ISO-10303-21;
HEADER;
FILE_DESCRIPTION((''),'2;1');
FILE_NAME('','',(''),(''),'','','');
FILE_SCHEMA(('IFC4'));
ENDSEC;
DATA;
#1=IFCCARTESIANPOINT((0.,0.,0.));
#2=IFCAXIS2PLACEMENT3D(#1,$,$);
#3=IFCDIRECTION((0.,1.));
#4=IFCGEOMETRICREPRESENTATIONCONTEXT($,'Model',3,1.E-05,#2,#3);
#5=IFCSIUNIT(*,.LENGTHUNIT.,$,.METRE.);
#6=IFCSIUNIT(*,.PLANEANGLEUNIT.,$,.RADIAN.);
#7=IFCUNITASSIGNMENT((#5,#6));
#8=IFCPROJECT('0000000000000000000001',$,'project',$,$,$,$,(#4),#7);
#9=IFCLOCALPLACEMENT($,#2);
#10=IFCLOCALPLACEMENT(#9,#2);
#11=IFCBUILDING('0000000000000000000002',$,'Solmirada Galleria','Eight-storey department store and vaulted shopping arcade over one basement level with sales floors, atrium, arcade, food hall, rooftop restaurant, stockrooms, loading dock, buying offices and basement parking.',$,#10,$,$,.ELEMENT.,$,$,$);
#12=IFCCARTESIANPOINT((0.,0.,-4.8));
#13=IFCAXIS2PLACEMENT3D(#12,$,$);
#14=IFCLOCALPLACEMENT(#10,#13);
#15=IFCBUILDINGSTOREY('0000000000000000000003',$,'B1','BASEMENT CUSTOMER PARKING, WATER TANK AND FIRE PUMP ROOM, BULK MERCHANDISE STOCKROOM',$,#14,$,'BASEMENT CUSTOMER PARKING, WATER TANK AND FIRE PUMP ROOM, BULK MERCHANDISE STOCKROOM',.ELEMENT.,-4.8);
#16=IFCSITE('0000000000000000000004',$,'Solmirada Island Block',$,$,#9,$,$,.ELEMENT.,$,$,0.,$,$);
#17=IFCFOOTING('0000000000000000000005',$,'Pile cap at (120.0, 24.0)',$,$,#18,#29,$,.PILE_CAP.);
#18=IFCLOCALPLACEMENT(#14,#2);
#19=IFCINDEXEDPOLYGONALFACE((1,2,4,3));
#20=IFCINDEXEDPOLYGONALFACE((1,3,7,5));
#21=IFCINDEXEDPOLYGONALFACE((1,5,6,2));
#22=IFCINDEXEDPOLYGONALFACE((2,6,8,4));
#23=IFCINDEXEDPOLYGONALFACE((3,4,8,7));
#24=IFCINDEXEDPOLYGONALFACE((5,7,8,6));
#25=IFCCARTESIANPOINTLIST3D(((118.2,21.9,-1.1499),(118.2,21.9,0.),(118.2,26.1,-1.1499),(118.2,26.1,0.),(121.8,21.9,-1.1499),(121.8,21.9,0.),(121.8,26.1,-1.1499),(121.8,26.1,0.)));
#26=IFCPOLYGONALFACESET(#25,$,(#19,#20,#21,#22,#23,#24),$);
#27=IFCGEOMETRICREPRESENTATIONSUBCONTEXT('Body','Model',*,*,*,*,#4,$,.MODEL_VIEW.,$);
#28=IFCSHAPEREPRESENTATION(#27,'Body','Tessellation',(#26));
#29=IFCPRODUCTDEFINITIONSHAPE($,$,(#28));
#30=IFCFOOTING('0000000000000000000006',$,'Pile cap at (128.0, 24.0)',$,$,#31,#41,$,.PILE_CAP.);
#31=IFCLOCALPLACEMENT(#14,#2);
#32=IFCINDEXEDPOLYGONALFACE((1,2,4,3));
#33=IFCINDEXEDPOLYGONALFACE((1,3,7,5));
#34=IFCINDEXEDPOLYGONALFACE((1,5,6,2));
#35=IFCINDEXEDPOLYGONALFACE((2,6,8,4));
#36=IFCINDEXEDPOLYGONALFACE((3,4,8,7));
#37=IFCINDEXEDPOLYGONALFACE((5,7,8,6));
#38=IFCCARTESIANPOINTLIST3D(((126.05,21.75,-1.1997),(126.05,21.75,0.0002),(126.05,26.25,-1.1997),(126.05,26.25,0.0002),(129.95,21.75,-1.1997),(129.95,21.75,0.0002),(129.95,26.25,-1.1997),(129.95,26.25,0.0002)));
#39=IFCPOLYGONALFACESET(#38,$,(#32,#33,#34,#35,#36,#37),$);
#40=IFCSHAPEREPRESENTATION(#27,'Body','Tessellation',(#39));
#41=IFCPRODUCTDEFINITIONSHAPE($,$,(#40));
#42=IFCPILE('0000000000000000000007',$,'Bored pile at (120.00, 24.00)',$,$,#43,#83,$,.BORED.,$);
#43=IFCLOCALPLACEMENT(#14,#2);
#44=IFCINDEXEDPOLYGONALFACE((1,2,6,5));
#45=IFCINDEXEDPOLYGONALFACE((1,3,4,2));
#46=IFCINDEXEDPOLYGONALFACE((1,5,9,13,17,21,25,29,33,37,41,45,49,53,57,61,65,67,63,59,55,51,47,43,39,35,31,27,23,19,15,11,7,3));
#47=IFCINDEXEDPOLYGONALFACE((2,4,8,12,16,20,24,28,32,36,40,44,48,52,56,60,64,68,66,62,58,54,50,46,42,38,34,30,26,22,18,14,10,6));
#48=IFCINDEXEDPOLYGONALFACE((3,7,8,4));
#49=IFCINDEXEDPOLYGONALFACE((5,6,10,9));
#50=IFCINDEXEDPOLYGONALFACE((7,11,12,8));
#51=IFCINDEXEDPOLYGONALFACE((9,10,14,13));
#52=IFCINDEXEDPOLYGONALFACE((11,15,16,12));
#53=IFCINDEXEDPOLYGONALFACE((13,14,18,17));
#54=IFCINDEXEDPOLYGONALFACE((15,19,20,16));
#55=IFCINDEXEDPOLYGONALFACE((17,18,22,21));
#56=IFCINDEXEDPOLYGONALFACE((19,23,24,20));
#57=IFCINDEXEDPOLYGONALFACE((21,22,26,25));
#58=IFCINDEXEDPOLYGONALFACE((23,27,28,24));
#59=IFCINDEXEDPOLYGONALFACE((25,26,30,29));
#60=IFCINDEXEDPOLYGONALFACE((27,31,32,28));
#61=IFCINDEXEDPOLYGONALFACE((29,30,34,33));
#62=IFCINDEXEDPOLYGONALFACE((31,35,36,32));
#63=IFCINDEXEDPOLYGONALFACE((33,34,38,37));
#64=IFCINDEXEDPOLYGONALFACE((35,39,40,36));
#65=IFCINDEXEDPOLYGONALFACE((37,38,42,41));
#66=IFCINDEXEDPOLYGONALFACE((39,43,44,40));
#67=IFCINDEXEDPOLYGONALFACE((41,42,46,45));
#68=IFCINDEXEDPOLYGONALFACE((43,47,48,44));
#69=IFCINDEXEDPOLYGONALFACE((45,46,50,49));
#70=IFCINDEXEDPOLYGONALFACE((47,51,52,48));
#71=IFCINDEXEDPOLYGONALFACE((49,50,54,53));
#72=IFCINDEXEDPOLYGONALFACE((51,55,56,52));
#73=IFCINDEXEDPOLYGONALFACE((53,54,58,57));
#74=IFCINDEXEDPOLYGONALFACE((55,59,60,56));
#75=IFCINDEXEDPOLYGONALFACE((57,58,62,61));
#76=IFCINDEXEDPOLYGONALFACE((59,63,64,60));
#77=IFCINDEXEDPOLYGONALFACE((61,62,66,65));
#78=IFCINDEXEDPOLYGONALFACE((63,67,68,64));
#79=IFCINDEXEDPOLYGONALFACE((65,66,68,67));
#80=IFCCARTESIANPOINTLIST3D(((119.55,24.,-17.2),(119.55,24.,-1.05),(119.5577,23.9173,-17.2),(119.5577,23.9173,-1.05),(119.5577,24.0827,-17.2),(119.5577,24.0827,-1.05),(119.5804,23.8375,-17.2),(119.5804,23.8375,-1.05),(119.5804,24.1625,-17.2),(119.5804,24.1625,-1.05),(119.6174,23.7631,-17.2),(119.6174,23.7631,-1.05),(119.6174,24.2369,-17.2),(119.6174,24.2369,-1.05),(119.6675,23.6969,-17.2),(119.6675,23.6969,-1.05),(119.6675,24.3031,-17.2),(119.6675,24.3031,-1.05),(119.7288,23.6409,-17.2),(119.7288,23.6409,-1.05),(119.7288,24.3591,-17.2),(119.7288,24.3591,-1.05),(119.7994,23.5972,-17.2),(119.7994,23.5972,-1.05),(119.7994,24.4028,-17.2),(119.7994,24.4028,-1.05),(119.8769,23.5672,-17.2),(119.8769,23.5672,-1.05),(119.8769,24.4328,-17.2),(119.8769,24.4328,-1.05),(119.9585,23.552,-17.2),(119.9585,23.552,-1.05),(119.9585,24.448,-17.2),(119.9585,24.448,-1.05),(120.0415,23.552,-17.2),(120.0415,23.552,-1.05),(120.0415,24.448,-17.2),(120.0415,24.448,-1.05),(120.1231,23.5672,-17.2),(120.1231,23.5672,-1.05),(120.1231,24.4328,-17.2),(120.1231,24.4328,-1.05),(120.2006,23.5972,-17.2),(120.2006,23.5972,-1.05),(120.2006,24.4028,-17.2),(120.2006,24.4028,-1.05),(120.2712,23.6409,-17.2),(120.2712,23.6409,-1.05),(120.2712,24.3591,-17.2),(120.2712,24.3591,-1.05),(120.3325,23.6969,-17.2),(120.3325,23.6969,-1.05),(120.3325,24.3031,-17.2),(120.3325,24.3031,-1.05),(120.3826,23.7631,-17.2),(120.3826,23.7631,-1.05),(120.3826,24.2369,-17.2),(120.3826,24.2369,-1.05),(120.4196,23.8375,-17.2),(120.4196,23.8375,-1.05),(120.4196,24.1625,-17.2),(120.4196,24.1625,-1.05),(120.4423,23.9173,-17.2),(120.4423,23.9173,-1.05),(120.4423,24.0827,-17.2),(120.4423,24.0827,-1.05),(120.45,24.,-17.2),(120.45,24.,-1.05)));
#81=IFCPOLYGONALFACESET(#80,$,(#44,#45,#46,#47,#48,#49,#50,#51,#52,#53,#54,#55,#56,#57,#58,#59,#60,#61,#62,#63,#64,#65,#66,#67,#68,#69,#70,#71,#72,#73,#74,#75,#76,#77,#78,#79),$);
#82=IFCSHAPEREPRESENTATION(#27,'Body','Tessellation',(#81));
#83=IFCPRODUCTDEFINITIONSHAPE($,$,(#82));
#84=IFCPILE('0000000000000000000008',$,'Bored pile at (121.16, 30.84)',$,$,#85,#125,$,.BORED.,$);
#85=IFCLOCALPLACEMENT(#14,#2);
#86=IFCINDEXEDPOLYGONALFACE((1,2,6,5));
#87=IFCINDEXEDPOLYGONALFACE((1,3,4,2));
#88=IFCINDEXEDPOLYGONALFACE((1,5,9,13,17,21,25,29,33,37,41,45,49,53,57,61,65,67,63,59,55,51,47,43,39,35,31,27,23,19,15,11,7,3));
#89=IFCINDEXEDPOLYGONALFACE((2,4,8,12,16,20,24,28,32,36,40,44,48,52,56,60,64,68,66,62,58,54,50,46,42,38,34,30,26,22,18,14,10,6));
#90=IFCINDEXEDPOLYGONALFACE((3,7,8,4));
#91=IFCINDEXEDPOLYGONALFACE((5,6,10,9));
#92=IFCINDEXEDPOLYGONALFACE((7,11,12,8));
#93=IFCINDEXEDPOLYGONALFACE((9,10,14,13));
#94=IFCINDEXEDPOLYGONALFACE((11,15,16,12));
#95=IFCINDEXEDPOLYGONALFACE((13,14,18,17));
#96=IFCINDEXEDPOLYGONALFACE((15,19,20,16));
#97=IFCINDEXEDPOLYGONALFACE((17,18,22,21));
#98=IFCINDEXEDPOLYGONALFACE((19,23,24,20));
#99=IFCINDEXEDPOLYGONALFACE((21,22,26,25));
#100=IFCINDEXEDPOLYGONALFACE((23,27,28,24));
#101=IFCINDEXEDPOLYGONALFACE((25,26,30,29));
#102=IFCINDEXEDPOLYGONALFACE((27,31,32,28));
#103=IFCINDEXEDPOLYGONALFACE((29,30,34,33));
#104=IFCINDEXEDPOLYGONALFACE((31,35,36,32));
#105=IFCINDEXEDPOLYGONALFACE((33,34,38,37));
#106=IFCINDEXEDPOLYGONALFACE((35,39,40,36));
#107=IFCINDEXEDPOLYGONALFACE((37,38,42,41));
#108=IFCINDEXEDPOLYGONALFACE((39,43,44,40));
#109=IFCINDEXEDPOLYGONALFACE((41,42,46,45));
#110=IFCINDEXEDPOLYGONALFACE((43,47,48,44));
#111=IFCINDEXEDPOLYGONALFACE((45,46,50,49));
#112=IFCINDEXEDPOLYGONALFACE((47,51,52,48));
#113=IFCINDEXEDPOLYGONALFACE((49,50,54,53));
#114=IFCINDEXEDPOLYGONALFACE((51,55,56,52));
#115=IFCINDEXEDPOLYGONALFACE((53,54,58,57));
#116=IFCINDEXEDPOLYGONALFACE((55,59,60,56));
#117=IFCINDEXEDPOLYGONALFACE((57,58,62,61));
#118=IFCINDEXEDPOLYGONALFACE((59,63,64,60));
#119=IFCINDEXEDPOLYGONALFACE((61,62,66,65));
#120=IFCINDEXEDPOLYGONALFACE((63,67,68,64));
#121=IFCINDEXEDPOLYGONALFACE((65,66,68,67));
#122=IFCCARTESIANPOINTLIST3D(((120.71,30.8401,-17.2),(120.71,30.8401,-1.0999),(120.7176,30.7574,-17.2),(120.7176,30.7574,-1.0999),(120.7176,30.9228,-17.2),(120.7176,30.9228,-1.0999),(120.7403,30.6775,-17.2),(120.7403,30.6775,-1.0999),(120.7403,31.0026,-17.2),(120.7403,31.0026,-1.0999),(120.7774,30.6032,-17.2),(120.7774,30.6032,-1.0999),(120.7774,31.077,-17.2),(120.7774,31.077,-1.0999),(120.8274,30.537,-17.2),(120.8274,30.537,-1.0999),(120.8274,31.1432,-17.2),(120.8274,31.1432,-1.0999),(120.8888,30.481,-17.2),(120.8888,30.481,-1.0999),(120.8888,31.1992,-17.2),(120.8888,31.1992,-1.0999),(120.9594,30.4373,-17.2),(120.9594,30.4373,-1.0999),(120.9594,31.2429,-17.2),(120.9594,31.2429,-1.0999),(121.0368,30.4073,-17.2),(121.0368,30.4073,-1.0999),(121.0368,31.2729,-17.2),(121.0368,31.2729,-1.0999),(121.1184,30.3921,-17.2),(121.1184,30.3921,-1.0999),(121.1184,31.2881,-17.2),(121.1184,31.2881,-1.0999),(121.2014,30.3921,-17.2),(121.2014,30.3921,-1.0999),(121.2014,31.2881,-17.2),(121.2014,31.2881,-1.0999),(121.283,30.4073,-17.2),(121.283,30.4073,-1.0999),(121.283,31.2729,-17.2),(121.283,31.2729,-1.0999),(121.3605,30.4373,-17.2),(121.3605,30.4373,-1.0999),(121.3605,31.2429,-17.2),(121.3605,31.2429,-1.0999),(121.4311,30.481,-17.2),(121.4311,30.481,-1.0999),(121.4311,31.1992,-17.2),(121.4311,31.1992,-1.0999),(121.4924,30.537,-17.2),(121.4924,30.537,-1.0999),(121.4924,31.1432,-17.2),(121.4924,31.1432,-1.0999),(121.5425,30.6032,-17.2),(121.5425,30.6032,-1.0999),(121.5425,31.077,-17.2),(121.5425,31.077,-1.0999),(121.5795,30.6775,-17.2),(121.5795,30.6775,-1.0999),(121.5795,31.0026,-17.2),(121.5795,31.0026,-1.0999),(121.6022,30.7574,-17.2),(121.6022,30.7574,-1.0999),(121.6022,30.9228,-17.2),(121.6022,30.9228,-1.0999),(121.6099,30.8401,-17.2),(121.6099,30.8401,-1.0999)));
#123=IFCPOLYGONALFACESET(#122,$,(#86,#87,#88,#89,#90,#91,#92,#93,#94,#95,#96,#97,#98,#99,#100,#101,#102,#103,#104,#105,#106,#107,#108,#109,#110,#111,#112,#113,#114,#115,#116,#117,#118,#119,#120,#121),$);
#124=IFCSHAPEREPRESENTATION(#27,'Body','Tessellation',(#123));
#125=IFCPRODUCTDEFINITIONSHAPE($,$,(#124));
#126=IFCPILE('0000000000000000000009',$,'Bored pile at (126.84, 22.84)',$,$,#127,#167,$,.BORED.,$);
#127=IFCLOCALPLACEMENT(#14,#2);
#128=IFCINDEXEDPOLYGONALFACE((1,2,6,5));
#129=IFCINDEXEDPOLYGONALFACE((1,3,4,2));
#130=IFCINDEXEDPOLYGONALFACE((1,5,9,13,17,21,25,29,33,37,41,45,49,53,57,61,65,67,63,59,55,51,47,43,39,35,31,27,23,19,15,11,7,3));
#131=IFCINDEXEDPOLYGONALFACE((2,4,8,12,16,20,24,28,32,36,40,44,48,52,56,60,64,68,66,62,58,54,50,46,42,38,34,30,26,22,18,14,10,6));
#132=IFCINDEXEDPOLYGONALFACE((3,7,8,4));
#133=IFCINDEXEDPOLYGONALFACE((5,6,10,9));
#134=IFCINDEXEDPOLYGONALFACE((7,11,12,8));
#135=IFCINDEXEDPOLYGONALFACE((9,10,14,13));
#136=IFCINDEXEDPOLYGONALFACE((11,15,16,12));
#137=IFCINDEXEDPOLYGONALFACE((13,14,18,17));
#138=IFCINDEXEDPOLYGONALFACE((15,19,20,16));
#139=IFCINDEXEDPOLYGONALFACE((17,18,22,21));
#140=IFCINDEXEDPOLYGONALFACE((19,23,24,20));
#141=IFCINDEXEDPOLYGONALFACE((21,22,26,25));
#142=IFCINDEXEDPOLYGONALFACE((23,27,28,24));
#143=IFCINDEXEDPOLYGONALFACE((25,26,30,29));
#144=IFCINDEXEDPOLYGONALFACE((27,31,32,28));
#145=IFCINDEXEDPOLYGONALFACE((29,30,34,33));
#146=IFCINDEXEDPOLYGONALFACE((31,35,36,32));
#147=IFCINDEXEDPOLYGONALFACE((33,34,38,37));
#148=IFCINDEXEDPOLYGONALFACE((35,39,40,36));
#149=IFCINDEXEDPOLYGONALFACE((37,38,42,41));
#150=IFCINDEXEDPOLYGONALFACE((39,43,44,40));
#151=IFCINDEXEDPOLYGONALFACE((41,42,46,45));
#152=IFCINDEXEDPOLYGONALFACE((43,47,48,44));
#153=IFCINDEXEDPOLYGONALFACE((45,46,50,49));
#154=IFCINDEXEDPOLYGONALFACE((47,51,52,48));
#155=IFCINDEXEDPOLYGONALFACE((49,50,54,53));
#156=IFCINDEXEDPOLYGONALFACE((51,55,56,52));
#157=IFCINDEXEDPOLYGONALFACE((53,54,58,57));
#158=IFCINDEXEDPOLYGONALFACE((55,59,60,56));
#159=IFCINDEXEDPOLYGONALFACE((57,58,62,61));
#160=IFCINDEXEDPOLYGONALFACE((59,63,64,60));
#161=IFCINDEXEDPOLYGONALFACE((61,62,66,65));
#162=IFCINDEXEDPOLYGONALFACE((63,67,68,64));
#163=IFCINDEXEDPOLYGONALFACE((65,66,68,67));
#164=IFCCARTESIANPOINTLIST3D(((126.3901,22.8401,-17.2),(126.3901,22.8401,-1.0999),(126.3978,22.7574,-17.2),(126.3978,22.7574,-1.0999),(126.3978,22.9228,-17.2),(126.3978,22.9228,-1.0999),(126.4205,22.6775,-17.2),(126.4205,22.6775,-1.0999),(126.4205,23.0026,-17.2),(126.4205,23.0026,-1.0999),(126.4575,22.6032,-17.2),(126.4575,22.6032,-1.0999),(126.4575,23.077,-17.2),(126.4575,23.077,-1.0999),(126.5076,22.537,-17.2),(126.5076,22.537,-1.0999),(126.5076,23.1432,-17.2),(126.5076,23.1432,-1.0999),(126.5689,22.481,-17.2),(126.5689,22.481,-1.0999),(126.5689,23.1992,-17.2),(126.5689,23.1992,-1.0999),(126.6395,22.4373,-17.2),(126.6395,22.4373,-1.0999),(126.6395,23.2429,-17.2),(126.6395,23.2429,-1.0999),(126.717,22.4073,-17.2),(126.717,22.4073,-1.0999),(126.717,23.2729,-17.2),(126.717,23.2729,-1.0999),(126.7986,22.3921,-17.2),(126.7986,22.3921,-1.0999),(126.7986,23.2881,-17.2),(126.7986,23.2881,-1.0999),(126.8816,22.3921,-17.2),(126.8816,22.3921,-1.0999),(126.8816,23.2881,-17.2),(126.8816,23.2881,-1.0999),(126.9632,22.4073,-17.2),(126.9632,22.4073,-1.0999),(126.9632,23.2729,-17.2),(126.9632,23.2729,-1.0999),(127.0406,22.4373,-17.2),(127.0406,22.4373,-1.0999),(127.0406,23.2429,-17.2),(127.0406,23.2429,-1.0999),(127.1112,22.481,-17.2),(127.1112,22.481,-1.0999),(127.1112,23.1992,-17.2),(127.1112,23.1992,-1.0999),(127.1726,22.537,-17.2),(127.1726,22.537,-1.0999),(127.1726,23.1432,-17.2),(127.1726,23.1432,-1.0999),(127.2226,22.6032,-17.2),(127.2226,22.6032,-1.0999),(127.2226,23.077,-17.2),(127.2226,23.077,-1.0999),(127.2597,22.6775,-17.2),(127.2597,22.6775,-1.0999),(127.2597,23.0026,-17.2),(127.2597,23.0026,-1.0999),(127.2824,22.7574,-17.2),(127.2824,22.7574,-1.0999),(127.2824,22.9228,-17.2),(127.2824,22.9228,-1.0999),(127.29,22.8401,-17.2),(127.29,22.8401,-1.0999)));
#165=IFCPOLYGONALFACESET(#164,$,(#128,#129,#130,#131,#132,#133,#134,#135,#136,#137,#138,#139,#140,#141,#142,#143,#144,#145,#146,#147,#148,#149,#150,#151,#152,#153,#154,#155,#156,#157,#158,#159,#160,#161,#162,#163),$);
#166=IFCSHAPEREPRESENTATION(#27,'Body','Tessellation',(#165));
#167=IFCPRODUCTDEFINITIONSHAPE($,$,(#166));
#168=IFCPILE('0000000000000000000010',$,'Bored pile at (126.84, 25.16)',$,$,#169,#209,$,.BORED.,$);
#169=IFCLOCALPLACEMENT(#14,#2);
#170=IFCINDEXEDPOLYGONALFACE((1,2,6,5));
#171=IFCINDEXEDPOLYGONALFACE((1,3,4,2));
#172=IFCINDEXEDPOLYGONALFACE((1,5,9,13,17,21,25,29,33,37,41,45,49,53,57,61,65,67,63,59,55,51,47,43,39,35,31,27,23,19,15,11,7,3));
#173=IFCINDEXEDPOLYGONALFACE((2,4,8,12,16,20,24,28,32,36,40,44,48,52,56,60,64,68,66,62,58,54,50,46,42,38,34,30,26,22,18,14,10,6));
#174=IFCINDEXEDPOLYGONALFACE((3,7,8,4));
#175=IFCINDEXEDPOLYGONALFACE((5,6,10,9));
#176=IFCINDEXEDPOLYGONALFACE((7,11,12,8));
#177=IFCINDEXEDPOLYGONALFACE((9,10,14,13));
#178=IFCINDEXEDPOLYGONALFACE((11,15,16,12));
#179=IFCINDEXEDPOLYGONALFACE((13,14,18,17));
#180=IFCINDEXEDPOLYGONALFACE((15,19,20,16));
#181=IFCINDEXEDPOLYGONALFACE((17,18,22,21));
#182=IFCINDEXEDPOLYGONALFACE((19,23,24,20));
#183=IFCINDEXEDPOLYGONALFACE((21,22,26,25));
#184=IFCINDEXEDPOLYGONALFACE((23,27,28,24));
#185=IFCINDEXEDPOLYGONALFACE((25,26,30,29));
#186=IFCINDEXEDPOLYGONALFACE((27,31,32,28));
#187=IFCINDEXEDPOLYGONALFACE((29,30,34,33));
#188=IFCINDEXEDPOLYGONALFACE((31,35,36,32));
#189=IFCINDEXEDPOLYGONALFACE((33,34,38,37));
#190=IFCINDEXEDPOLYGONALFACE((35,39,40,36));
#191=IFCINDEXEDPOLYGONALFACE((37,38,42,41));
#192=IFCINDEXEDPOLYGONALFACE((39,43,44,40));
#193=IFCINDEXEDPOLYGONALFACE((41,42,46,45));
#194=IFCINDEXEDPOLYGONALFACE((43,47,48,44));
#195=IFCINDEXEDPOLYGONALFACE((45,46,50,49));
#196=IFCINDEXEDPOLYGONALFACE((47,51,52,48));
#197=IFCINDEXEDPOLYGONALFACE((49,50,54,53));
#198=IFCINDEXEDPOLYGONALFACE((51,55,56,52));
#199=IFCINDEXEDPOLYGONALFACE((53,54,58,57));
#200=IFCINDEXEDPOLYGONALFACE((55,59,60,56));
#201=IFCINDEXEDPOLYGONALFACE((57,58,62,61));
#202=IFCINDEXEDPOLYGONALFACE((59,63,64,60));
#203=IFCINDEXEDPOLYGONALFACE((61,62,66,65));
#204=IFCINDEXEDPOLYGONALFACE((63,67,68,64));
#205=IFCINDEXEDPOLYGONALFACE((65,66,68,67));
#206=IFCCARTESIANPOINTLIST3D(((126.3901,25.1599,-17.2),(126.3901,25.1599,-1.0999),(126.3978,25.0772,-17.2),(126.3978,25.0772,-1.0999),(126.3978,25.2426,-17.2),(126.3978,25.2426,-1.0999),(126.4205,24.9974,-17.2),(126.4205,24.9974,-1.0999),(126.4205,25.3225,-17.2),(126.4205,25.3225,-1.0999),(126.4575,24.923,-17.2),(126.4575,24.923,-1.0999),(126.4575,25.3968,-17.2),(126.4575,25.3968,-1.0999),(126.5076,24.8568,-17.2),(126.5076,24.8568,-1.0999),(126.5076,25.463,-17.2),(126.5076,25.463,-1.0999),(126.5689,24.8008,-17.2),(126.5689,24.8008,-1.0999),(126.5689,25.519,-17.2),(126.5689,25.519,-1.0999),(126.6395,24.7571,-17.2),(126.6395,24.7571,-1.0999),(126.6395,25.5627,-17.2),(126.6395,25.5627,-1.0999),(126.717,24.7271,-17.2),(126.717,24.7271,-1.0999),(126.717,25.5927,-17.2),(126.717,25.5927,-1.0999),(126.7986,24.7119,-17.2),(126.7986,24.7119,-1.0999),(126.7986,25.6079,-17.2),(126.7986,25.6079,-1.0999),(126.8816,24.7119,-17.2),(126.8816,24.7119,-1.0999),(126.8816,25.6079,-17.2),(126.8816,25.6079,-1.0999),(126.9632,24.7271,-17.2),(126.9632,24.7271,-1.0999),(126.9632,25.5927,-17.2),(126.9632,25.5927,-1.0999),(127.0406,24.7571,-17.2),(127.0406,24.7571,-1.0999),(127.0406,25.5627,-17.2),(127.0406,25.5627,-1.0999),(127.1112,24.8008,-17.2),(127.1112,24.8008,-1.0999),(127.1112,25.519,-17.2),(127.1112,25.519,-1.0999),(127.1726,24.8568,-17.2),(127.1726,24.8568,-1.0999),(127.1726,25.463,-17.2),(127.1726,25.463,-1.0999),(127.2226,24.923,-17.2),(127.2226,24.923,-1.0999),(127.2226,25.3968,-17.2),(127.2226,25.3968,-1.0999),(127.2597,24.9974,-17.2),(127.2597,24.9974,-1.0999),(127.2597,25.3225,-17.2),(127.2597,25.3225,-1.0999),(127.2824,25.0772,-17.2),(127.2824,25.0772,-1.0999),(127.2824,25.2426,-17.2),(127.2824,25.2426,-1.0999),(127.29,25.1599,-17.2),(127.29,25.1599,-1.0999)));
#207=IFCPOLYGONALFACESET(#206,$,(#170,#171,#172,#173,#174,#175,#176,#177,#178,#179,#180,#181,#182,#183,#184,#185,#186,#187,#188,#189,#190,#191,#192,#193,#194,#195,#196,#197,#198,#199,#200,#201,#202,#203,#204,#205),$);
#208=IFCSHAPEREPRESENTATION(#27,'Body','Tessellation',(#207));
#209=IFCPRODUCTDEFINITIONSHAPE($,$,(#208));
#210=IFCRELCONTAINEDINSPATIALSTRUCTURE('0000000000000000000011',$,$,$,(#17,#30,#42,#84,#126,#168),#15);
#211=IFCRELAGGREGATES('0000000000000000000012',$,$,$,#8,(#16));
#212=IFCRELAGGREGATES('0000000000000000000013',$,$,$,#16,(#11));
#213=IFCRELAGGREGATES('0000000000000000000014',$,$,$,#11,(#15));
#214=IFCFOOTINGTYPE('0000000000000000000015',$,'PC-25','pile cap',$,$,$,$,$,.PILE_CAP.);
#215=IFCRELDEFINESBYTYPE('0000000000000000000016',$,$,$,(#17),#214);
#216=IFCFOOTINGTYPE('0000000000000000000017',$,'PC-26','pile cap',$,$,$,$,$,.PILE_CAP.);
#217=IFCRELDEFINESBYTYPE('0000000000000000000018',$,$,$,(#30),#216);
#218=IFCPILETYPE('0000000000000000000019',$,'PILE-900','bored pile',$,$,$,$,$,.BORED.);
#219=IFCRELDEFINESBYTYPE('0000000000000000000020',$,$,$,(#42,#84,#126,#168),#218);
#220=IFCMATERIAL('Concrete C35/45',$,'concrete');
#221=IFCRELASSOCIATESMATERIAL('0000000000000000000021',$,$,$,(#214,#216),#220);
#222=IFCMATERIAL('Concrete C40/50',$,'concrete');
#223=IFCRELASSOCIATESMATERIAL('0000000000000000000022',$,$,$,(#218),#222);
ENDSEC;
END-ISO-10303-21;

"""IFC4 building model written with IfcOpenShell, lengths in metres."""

from ifc_helpers import new_model, si_unit, direction, frame, origin, origin_2d, place, context, subcontext, project, spatial, rectangle, circle, extrude, material, material_profile, profile_set, type_object, element, save


model = new_model("IFC4")

# Units and contexts
model_context = context("Model", 3, precision=1e-05, world=origin(), true_north=direction((0.0, 1.0)))
body_context = subcontext(model_context, "Body", "Model", "MODEL_VIEW")
ifc_project = project(units=[si_unit("LENGTHUNIT", "METRE"), si_unit("PLANEANGLEUNIT", "RADIAN")], contexts=[model_context])

# Site, building, storey
site_placement = place(None, origin())
site = spatial("IfcSite", under=ifc_project, at=site_placement, Name="Solmirada Island Block", CompositionType="ELEMENT", RefElevation=0.0)
building_placement = place(site_placement, origin())
building = spatial("IfcBuilding", under=site, at=building_placement, Name="Solmirada Galleria", Description="Eight-storey department store and vaulted shopping arcade over one basement level with sales floors, atrium, arcade, food hall, rooftop restaurant, stockrooms, loading dock, buying offices and basement parking.", CompositionType="ELEMENT")
storey_placement = place(building_placement, frame((0.0, 0.0, -4.8)))
storey = spatial("IfcBuildingStorey", under=building, at=storey_placement, Name="B1", Description="BASEMENT CUSTOMER PARKING, WATER TANK AND FIRE PUMP ROOM, BULK MERCHANDISE STOCKROOM", LongName="BASEMENT CUSTOMER PARKING, WATER TANK AND FIRE PUMP ROOM, BULK MERCHANDISE STOCKROOM", CompositionType="ELEMENT", Elevation=-4.8)

# Footings
ifc_material_1 = material(Name="Concrete C35/45", Category="concrete")
footing_type_1 = type_object("IfcFootingType", Name="PC-25", Description="pile cap", PredefinedType="PILE_CAP", material=ifc_material_1)
footing_1_placement = place(storey_placement, frame((120.0, 24.0, -1.1499), z_axis=(0.0, 0.0, 1.0), x_axis=(1.0, 0.0, 0.0)))
element("IfcFooting", 1, at=footing_1_placement, inside=storey, type_object=footing_type_1, Name="Pile cap at (120.0, 24.0)", PredefinedType="PILE_CAP", context=body_context, shape_type="SweptSolid", body=[
    extrude(rectangle(XDim=3.6001, YDim=4.2, at=origin_2d()), origin(), (0.0, 0.0, 1.0), 1.1499),
])
footing_type_2 = type_object("IfcFootingType", Name="PC-26", Description="pile cap", PredefinedType="PILE_CAP", material=ifc_material_1)
footing_2_placement = place(storey_placement, frame((128.0, 24.0, -1.1997), z_axis=(0.0, 0.0, 1.0), x_axis=(1.0, 0.0, 0.0)))
element("IfcFooting", 2, at=footing_2_placement, inside=storey, type_object=footing_type_2, Name="Pile cap at (128.0, 24.0)", PredefinedType="PILE_CAP", context=body_context, shape_type="SweptSolid", body=[
    extrude(rectangle(XDim=3.8999, YDim=4.5, at=origin_2d()), origin(), (0.0, 0.0, 1.0), 1.2),
])

# Piles
ifc_material_2 = material(Name="Concrete C40/50", Category="concrete")
ifc_material_profile_1 = material_profile(ifc_material_2, circle(Radius=0.45, at=origin_2d()), Name="PILE900")
ifc_profile_set_1 = profile_set([ifc_material_profile_1], Name="Concrete C40/50")
pile_type = type_object("IfcPileType", Name="PILE-900", Description="bored pile", PredefinedType="BORED", material=ifc_profile_set_1)
pile_placement = place(storey_placement, frame((120.0, 24.0, -1.05), z_axis=(0.0, 0.0, -1.0), x_axis=(1.0, 0.0, 0.0)))
element("IfcPile", 3, at=pile_placement, inside=storey, type_object=pile_type, Name="Bored pile at (120.00, 24.00)", PredefinedType="BORED", context=body_context, shape_type="SweptSolid", body=[
    extrude(circle(Radius=0.45, at=origin_2d()), origin(), (0.0, 0.0, 1.0), 16.1499),
])
for number, where, z_axis, x_axis, name in (
    (4, (121.1599, 30.8401, -1.0999), (0.0, 0.0, -1.0), (1.0, 0.0, 0.0), "Bored pile at (121.16, 30.84)"),
    (5, (126.8401, 22.8401, -1.0999), (0.0, 0.0, -1.0), (1.0, 0.0, 0.0), "Bored pile at (126.84, 22.84)"),
    (6, (126.8401, 25.1599, -1.0999), (0.0, 0.0, -1.0), (1.0, 0.0, 0.0), "Bored pile at (126.84, 25.16)"),
):
    element("IfcPile", number, at=place(storey_placement, frame(where, z_axis=z_axis, x_axis=x_axis)), inside=storey, type_object=pile_type, Name=name, PredefinedType="BORED", context=body_context, shape_type="SweptSolid", body=[
        extrude(circle(Radius=0.45, at=origin_2d()), origin(), (0.0, 0.0, 1.0), 16.1001),
    ])

save(model, "model.ifc")
